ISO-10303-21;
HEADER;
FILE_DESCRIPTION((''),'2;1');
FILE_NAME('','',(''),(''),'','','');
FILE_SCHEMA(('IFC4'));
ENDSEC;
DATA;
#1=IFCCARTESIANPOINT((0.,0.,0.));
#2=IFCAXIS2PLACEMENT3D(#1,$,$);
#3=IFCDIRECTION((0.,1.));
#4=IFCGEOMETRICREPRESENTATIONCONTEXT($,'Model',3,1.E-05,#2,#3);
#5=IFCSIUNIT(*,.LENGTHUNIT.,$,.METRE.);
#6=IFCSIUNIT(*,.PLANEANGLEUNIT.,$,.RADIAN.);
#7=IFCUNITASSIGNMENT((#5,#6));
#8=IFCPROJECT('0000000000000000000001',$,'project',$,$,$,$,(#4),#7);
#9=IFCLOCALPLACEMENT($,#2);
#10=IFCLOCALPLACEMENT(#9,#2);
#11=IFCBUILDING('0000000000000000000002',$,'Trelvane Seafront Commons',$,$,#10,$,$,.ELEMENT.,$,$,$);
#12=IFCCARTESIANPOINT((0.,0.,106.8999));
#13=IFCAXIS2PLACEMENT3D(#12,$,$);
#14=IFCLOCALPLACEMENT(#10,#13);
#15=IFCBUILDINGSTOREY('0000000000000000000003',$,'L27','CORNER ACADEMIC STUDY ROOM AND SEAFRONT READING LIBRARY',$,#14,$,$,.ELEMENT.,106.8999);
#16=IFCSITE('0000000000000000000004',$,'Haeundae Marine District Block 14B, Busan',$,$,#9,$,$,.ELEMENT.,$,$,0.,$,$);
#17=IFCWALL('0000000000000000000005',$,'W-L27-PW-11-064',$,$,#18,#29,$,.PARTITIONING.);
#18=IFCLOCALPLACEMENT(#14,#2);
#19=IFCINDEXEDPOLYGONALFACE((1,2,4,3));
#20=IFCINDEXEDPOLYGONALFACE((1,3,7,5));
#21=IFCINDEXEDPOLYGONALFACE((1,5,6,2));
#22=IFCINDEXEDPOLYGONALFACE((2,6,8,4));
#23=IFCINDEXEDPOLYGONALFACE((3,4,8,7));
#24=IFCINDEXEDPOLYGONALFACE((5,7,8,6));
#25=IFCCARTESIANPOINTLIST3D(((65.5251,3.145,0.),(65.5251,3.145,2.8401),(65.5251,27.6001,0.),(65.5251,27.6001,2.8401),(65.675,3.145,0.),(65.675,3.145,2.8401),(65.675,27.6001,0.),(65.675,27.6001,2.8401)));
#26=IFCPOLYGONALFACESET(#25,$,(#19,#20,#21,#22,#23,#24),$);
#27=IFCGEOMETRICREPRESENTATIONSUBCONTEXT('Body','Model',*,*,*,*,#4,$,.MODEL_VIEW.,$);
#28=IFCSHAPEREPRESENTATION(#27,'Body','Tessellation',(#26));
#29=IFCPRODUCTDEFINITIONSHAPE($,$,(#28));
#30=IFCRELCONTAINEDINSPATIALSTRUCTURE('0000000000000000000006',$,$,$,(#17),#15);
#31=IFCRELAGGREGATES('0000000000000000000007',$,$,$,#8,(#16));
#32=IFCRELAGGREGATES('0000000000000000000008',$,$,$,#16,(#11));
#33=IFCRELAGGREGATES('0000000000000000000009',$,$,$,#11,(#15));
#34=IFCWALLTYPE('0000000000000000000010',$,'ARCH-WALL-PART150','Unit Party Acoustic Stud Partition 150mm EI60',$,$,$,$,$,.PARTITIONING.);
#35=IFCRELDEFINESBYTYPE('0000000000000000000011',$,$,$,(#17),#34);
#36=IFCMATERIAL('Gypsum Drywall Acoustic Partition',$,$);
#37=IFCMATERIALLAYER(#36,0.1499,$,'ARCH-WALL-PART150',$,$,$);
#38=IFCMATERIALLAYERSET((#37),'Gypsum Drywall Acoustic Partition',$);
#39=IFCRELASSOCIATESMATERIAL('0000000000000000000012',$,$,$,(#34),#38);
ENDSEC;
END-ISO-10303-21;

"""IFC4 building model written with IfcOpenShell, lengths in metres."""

from ifc_helpers import new_model, si_unit, direction, frame, frame_2d, origin, place, context, subcontext, project, spatial, rectangle, extrude, material, layer, layer_set, type_object, element, save


model = new_model("IFC4")

# Units and contexts
model_context = context("Model", 3, precision=1e-05, world=origin(), true_north=direction((0.0, 1.0)))
body_context = subcontext(model_context, "Body", "Model", "MODEL_VIEW")
ifc_project = project(units=[si_unit("LENGTHUNIT", "METRE"), si_unit("PLANEANGLEUNIT", "RADIAN")], contexts=[model_context])

# Site, building, storey
site_placement = place(None, origin())
site = spatial("IfcSite", under=ifc_project, at=site_placement, Name="Haeundae Marine District Block 14B, Busan", CompositionType="ELEMENT", RefElevation=0.0)
building_placement = place(site_placement, origin())
building = spatial("IfcBuilding", under=site, at=building_placement, Name="Trelvane Seafront Commons", CompositionType="ELEMENT")
storey_placement = place(building_placement, frame((0.0, 0.0, 106.8999)))
storey = spatial("IfcBuildingStorey", under=building, at=storey_placement, Name="L27", Description="CORNER ACADEMIC STUDY ROOM AND SEAFRONT READING LIBRARY", CompositionType="ELEMENT", Elevation=106.8999)

# Wall
ifc_material_1 = material(Name="Gypsum Drywall Acoustic Partition")
ifc_layer_1 = layer(ifc_material_1, 0.1499, Name="ARCH-WALL-PART150")
ifc_layer_set_1 = layer_set([ifc_layer_1], Name="Gypsum Drywall Acoustic Partition")
wall_type_1 = type_object("IfcWallType", Name="ARCH-WALL-PART150", Description="Unit Party Acoustic Stud Partition 150mm EI60", PredefinedType="PARTITIONING", material=ifc_layer_set_1)
wall_1_placement = place(storey_placement, frame((65.6001, 3.145, 0.0), z_axis=(0.0, 0.0, 1.0), x_axis=(0.0, 1.0, 0.0)))
element("IfcWall", 1, at=wall_1_placement, inside=storey, type_object=wall_type_1, Name="W-L27-PW-11-064", PredefinedType="PARTITIONING", context=body_context, shape_type="SweptSolid", body=[
    extrude(rectangle(XDim=24.4551, YDim=0.1499, at=frame_2d((12.2275, 0.0))), origin(), (0.0, 0.0, 1.0), 2.8401),
])

save(model, "model.ifc")
